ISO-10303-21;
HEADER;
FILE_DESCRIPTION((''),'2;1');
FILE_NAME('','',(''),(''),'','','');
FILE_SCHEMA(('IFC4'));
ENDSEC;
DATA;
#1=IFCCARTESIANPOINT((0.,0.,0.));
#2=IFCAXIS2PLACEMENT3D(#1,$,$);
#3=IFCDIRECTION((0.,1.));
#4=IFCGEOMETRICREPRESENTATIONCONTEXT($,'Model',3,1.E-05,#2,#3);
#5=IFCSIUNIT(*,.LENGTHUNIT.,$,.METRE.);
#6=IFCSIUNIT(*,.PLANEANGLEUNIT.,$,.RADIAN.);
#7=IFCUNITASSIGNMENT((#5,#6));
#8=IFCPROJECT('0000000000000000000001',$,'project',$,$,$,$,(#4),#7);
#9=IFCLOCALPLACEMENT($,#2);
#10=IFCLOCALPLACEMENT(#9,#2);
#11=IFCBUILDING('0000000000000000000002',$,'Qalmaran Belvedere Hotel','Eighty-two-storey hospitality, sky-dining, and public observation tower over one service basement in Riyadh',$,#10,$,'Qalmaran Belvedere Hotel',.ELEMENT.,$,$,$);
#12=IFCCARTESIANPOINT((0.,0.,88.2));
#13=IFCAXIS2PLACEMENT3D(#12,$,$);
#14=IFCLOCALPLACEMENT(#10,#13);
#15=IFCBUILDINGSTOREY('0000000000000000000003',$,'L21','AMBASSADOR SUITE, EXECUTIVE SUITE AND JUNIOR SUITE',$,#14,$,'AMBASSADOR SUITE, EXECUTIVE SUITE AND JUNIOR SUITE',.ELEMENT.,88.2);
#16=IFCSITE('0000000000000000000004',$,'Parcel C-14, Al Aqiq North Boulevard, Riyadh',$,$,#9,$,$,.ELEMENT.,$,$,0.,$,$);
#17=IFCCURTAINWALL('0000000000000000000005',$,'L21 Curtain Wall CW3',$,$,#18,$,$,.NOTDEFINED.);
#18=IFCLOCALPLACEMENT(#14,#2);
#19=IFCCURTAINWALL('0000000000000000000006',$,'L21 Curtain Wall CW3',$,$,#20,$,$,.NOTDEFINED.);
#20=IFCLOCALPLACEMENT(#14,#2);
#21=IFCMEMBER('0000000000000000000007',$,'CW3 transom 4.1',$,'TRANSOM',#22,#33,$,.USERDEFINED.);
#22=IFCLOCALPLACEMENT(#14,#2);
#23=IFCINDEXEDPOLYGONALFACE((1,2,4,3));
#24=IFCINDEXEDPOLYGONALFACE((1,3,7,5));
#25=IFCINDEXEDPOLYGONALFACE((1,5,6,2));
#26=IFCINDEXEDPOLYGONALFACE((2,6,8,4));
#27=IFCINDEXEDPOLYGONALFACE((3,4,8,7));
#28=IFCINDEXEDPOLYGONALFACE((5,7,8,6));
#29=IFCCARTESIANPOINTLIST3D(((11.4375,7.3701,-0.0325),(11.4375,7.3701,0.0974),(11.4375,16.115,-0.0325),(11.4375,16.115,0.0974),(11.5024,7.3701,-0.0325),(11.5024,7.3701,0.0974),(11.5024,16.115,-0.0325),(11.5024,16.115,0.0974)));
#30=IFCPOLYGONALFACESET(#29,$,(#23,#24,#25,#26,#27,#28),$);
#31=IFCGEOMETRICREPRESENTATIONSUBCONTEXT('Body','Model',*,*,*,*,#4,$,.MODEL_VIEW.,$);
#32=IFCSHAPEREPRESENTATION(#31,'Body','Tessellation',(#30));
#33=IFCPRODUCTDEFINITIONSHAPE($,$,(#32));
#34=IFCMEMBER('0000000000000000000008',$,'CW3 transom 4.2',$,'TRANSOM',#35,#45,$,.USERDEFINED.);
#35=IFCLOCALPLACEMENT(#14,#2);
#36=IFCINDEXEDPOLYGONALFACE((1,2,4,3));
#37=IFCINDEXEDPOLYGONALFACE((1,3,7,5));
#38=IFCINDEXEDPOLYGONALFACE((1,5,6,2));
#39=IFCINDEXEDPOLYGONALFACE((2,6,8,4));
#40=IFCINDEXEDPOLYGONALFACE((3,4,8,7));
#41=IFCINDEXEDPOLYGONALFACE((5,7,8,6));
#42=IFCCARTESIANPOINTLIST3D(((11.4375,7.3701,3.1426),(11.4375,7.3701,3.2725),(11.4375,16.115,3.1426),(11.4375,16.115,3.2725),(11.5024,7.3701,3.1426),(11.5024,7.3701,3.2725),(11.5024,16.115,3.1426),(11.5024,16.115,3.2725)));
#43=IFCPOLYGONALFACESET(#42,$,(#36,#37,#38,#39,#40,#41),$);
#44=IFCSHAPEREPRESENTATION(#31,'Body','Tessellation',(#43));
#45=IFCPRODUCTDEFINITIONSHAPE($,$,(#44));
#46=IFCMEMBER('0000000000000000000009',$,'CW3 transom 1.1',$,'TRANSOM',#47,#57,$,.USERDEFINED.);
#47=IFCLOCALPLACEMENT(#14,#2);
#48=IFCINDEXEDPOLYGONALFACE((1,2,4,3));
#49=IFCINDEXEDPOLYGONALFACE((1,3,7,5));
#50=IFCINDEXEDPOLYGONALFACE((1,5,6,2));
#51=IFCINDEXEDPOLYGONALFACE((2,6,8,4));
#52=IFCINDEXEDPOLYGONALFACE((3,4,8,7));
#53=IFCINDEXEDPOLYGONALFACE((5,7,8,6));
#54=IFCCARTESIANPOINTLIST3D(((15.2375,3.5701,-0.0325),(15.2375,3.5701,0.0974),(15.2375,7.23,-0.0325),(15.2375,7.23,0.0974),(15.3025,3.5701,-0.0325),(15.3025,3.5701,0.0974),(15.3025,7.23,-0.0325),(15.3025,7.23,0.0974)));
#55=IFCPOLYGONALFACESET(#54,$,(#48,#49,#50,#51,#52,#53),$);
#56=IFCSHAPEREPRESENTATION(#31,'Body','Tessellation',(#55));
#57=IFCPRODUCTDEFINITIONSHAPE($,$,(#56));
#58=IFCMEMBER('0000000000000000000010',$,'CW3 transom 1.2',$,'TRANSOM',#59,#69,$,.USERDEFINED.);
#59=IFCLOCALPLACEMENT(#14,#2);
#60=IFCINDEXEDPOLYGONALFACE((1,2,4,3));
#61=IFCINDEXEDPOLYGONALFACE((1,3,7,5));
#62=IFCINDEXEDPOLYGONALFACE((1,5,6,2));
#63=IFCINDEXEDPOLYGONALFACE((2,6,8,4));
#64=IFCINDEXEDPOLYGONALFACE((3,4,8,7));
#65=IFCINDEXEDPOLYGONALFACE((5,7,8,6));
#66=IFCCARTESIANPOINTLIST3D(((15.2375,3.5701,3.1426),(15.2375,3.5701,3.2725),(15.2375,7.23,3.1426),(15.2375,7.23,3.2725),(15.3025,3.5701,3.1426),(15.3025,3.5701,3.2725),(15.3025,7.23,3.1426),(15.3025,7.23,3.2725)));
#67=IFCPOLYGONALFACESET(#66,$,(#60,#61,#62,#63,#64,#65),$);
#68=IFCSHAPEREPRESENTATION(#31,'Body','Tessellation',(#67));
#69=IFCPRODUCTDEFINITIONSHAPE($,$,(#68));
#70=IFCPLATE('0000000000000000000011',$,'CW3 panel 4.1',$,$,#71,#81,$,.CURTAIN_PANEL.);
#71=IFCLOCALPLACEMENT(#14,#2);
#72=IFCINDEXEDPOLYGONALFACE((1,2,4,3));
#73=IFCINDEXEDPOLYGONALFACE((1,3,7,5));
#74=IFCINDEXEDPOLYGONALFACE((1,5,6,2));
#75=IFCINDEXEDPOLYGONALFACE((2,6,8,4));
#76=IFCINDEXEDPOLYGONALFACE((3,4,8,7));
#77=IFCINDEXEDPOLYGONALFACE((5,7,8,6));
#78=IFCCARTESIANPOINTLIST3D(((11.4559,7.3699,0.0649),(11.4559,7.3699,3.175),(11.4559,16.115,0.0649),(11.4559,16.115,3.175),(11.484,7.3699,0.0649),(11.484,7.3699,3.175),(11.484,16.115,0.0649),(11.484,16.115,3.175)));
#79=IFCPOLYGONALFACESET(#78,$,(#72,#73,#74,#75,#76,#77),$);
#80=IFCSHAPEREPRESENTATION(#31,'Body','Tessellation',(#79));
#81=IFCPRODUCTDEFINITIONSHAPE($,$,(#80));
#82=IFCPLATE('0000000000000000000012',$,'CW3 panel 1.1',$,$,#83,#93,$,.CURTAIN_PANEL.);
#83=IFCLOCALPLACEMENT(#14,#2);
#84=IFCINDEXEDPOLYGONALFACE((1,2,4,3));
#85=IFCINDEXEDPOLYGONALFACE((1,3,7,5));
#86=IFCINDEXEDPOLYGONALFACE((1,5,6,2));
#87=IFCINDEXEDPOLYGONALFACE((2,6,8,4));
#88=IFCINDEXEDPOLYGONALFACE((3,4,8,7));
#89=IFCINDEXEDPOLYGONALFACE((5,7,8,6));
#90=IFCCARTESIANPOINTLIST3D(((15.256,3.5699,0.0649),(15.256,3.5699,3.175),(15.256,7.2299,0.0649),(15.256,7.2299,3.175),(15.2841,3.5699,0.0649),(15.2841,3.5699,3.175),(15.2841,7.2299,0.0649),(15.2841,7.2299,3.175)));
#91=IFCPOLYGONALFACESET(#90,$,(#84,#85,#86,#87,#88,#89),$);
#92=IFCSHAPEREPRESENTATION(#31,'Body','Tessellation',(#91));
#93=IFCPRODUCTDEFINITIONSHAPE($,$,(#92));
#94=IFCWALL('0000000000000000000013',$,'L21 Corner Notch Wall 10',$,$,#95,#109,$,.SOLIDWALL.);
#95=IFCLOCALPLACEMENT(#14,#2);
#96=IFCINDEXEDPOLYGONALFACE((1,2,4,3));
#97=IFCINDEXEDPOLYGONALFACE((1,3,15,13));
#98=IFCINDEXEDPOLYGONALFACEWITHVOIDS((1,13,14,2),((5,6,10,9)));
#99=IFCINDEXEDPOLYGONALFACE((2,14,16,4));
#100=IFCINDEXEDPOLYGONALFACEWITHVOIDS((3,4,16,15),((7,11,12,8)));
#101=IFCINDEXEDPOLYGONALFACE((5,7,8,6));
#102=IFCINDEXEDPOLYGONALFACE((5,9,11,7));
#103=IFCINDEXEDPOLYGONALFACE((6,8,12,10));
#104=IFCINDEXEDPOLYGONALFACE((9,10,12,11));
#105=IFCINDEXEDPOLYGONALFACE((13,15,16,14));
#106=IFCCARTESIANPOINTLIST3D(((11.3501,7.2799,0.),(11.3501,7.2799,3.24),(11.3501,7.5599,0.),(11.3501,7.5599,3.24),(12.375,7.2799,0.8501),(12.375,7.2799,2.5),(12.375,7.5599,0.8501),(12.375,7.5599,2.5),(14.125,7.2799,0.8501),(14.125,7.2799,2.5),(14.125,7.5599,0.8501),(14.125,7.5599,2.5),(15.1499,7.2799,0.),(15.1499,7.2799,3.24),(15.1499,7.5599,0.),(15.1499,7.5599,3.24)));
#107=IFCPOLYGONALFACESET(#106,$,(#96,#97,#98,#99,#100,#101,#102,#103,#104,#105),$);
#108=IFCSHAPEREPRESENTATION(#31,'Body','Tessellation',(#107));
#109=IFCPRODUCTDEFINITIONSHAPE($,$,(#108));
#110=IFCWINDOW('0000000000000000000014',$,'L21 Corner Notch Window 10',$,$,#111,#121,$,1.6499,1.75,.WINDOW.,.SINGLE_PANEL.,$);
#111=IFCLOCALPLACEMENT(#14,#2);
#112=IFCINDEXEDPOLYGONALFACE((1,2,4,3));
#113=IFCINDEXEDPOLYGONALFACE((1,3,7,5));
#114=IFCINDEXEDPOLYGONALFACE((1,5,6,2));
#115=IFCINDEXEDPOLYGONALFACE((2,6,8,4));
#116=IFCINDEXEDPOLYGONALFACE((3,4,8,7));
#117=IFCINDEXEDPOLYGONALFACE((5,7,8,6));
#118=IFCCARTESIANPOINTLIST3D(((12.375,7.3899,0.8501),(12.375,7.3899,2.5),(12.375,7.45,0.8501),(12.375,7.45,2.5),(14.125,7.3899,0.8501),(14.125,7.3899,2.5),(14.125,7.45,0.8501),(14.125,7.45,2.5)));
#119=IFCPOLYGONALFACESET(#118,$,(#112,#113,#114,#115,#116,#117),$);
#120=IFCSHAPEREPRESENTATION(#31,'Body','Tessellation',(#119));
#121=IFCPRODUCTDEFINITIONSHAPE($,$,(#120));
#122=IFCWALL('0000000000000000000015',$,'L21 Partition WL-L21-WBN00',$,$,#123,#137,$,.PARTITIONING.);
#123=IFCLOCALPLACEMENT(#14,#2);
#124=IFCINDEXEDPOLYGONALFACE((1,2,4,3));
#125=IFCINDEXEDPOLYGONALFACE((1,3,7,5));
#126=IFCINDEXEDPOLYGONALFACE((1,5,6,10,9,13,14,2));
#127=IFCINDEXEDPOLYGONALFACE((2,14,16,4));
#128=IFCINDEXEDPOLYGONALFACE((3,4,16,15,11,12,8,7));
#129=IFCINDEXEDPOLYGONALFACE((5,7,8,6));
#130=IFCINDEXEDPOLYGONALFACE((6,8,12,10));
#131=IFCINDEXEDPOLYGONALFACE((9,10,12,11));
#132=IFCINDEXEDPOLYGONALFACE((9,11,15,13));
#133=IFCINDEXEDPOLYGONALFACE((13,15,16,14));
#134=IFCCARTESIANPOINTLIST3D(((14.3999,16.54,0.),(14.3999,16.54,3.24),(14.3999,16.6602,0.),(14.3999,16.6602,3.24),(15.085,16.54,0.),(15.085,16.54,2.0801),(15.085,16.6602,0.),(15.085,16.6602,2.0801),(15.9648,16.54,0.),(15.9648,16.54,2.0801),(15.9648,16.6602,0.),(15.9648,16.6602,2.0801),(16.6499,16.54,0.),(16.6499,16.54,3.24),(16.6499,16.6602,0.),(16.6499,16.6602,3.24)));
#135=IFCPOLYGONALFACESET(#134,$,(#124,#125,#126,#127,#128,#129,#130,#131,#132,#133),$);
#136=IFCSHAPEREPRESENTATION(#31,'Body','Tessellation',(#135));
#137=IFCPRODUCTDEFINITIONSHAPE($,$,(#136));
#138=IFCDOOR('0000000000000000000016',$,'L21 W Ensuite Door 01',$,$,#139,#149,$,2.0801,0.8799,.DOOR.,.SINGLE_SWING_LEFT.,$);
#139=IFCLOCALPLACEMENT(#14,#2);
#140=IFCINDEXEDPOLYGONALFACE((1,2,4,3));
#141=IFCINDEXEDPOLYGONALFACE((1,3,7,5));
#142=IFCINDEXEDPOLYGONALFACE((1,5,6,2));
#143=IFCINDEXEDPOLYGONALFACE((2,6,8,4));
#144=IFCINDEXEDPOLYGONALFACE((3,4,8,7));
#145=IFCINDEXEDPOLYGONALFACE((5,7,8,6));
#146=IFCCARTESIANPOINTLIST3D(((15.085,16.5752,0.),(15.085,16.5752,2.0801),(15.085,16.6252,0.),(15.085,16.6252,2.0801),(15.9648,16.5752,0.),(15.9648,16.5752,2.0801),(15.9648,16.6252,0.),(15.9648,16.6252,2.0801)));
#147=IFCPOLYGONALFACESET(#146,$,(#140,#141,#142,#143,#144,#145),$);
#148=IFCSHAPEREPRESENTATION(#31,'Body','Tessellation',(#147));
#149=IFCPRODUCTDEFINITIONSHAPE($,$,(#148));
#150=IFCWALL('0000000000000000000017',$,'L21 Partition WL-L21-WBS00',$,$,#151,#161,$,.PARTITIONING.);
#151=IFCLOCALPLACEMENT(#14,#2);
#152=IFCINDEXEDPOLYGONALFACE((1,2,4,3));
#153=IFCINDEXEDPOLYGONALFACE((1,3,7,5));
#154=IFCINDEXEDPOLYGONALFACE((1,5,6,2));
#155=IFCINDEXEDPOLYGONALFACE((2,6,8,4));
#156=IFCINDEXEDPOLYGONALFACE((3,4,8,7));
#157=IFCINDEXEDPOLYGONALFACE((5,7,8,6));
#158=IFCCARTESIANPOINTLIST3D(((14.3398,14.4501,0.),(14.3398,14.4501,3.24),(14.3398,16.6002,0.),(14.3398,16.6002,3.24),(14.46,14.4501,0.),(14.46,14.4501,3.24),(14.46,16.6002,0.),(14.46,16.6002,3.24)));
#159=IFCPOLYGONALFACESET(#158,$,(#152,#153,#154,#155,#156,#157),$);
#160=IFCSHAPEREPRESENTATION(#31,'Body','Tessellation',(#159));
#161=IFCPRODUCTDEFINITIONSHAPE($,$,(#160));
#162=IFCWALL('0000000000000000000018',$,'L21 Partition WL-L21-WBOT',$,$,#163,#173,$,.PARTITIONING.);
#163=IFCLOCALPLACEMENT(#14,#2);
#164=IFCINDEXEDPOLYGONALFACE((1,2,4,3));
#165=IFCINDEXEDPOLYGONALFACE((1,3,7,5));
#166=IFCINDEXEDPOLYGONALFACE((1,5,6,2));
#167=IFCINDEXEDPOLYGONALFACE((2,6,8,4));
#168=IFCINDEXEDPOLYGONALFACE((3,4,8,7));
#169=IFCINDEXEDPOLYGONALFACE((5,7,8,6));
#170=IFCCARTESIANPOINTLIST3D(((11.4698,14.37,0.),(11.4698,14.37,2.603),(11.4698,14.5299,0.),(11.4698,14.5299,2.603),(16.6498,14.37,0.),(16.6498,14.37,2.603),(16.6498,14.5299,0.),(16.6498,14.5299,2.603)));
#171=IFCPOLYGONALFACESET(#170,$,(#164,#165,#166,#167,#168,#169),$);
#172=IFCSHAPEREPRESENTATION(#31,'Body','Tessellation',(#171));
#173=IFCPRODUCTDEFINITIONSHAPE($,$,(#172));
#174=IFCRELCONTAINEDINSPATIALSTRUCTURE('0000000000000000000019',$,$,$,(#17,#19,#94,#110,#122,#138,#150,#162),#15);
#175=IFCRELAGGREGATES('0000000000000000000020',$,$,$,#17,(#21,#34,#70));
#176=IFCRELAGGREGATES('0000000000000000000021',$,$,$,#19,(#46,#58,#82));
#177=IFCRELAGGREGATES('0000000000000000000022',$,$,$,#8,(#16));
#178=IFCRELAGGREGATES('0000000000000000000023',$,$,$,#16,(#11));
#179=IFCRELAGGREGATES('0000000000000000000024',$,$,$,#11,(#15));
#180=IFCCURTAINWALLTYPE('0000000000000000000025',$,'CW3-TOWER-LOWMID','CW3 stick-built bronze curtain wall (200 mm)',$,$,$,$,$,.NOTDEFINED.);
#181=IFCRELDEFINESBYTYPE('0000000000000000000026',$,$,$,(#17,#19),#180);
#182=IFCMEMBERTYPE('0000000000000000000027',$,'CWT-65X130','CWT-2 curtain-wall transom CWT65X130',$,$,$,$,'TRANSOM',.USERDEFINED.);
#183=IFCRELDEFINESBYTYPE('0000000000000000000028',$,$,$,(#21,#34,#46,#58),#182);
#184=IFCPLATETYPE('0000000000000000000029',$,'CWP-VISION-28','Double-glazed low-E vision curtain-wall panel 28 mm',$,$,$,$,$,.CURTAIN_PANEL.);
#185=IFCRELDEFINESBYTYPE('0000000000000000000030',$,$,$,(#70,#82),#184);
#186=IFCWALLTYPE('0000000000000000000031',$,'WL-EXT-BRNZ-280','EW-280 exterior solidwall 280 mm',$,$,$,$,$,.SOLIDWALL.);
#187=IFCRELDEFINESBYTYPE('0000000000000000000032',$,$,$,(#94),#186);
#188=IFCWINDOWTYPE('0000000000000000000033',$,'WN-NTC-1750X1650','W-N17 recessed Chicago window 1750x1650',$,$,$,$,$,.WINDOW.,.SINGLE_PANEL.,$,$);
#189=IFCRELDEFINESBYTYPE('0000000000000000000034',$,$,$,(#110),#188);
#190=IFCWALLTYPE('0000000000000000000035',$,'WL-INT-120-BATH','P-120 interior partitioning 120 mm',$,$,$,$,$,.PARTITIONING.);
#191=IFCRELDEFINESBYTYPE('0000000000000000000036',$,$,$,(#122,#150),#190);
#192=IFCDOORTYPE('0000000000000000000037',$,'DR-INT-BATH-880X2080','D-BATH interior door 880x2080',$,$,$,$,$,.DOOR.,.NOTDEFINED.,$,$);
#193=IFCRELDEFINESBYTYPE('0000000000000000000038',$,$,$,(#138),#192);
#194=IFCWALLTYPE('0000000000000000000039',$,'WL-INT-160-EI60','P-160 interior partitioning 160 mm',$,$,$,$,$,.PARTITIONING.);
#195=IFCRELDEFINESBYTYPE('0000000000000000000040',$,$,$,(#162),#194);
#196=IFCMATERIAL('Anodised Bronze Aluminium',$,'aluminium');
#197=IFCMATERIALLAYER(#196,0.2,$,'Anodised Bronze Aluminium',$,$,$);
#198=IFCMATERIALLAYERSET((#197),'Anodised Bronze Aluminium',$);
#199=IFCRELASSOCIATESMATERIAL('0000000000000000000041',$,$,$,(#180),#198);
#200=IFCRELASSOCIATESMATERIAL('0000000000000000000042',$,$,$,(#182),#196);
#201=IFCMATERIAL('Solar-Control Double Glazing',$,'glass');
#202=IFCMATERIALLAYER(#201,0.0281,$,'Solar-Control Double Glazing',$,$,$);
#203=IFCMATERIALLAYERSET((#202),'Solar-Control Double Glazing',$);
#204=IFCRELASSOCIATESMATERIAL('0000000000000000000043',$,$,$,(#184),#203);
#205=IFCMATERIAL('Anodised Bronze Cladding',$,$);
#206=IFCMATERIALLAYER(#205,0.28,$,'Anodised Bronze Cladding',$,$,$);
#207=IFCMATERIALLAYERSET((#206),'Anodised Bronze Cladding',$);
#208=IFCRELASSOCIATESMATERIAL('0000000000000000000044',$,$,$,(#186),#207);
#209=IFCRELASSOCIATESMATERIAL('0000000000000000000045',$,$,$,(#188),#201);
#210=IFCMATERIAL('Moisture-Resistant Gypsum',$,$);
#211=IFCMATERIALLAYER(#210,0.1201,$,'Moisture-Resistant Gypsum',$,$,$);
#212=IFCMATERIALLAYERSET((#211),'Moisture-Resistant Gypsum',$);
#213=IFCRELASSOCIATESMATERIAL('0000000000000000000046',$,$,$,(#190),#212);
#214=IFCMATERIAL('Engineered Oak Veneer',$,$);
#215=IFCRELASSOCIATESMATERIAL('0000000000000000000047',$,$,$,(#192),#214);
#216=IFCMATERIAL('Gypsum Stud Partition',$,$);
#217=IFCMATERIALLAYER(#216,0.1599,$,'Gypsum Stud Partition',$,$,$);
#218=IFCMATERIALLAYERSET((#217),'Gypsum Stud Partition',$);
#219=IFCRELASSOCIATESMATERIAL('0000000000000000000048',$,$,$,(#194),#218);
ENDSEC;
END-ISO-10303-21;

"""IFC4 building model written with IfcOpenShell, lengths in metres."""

from ifc_helpers import new_model, si_unit, direction, frame, frame_2d, origin, origin_2d, place, context, subcontext, project, spatial, rectangle, extrude, material, layer, layer_set, material_profile, profile_set, type_object, element, fill, aggregate, save


model = new_model("IFC4")

# Units and contexts
model_context = context("Model", 3, precision=1e-05, world=origin(), true_north=direction((0.0, 1.0)))
body_context = subcontext(model_context, "Body", "Model", "MODEL_VIEW")
ifc_project = project(units=[si_unit("LENGTHUNIT", "METRE"), si_unit("PLANEANGLEUNIT", "RADIAN")], contexts=[model_context])

# Site, building, storey
site_placement = place(None, origin())
site = spatial("IfcSite", under=ifc_project, at=site_placement, Name="Parcel C-14, Al Aqiq North Boulevard, Riyadh", CompositionType="ELEMENT", RefElevation=0.0)
building_placement = place(site_placement, origin())
building = spatial("IfcBuilding", under=site, at=building_placement, Name="Qalmaran Belvedere Hotel", Description="Eighty-two-storey hospitality, sky-dining, and public observation tower over one service basement in Riyadh", LongName="Qalmaran Belvedere Hotel", CompositionType="ELEMENT")
storey_placement = place(building_placement, frame((0.0, 0.0, 88.2)))
storey = spatial("IfcBuildingStorey", under=building, at=storey_placement, Name="L21", Description="AMBASSADOR SUITE, EXECUTIVE SUITE AND JUNIOR SUITE", LongName="AMBASSADOR SUITE, EXECUTIVE SUITE AND JUNIOR SUITE", CompositionType="ELEMENT", Elevation=88.2)

# Curtain wall
ifc_material_1 = material(Name="Anodised Bronze Aluminium", Category="aluminium")
ifc_layer_1 = layer(ifc_material_1, 0.2, Name="Anodised Bronze Aluminium")
ifc_layer_set_1 = layer_set([ifc_layer_1], Name="Anodised Bronze Aluminium")
curtain_wall_type = type_object("IfcCurtainWallType", Name="CW3-TOWER-LOWMID", Description="CW3 stick-built bronze curtain wall (200 mm)", PredefinedType="NOTDEFINED", material=ifc_layer_set_1)
curtain_wall_1_placement = place(storey_placement, origin())
curtain_wall_1 = element("IfcCurtainWall", 1, at=curtain_wall_1_placement, inside=storey, type_object=curtain_wall_type, Name="L21 Curtain Wall CW3", PredefinedType="NOTDEFINED")

# Curtain wall
curtain_wall_2_placement = place(storey_placement, origin())
curtain_wall_2 = element("IfcCurtainWall", 2, at=curtain_wall_2_placement, inside=storey, type_object=curtain_wall_type, Name="L21 Curtain Wall CW3", PredefinedType="NOTDEFINED")

# Members
ifc_material_profile_1 = material_profile(ifc_material_1, rectangle(XDim=0.0649, YDim=0.1299, at=origin_2d()), Name="CWT65X130")
ifc_profile_set_1 = profile_set([ifc_material_profile_1], Name="Anodised Bronze Aluminium")
member_type_1 = type_object("IfcMemberType", Name="CWT-65X130", Description="CWT-2 curtain-wall transom CWT65X130", ElementType="TRANSOM", PredefinedType="USERDEFINED", material=ifc_profile_set_1)
member_1_placement = place(storey_placement, frame((11.47, 16.115, 0.0325), z_axis=(0.0, -1.0, 0.0), x_axis=(1.0, 0.0, 0.0)))
member_1 = element("IfcMember", 3, at=member_1_placement, type_object=member_type_1, Name="CW3 transom 4.1", ObjectType="TRANSOM", PredefinedType="USERDEFINED", context=body_context, shape_type="SweptSolid", body=[
    extrude(rectangle(XDim=0.0649, YDim=0.1299, at=origin_2d()), origin(), (0.0, 0.0, 1.0), 8.7449),
])
member_2_placement = place(storey_placement, frame((11.47, 16.115, 3.2075), z_axis=(0.0, -1.0, 0.0), x_axis=(1.0, 0.0, 0.0)))
member_2 = element("IfcMember", 4, at=member_2_placement, type_object=member_type_1, Name="CW3 transom 4.2", ObjectType="TRANSOM", PredefinedType="USERDEFINED", context=body_context, shape_type="SweptSolid", body=[
    extrude(rectangle(XDim=0.0649, YDim=0.1299, at=origin_2d()), origin(), (0.0, 0.0, 1.0), 8.7449),
])
member_3_placement = place(storey_placement, frame((15.27, 7.23, 0.0325), z_axis=(0.0, -1.0, 0.0), x_axis=(1.0, 0.0, 0.0)))
member_3 = element("IfcMember", 5, at=member_3_placement, type_object=member_type_1, Name="CW3 transom 1.1", ObjectType="TRANSOM", PredefinedType="USERDEFINED", context=body_context, shape_type="SweptSolid", body=[
    extrude(rectangle(XDim=0.0649, YDim=0.1299, at=origin_2d()), origin(), (0.0, 0.0, 1.0), 3.6599),
])
member_4_placement = place(storey_placement, frame((15.27, 7.23, 3.2075), z_axis=(0.0, -1.0, 0.0), x_axis=(1.0, 0.0, 0.0)))
member_4 = element("IfcMember", 6, at=member_4_placement, type_object=member_type_1, Name="CW3 transom 1.2", ObjectType="TRANSOM", PredefinedType="USERDEFINED", context=body_context, shape_type="SweptSolid", body=[
    extrude(rectangle(XDim=0.0649, YDim=0.1299, at=origin_2d()), origin(), (0.0, 0.0, 1.0), 3.6599),
])

# Plates
ifc_material_2 = material(Name="Solar-Control Double Glazing", Category="glass")
ifc_layer_2 = layer(ifc_material_2, 0.0281, Name="Solar-Control Double Glazing")
ifc_layer_set_2 = layer_set([ifc_layer_2], Name="Solar-Control Double Glazing")
plate_type = type_object("IfcPlateType", Name="CWP-VISION-28", Description="Double-glazed low-E vision curtain-wall panel 28 mm", PredefinedType="CURTAIN_PANEL", material=ifc_layer_set_2)
plate_1_placement = place(storey_placement, frame((11.47, 11.7424, 0.0649), z_axis=(0.0, 0.0, 1.0), x_axis=(0.0, -1.0, 0.0)))
plate_1 = element("IfcPlate", 7, at=plate_1_placement, type_object=plate_type, Name="CW3 panel 4.1", PredefinedType="CURTAIN_PANEL", context=body_context, shape_type="SweptSolid", body=[
    extrude(rectangle(XDim=8.7451, YDim=0.0281, at=origin_2d()), origin(), (0.0, 0.0, 1.0), 3.1101),
])
aggregate(curtain_wall_1, [member_1, member_2, plate_1])
plate_2_placement = place(storey_placement, frame((15.27, 5.3999, 0.0649), z_axis=(0.0, 0.0, 1.0), x_axis=(0.0, -1.0, 0.0)))
plate_2 = element("IfcPlate", 8, at=plate_2_placement, type_object=plate_type, Name="CW3 panel 1.1", PredefinedType="CURTAIN_PANEL", context=body_context, shape_type="SweptSolid", body=[
    extrude(rectangle(XDim=3.6599, YDim=0.0281, at=origin_2d()), origin(), (0.0, 0.0, 1.0), 3.1101),
])
aggregate(curtain_wall_2, [member_3, member_4, plate_2])

# Wall, opening, window
ifc_material_3 = material(Name="Anodised Bronze Cladding")
ifc_layer_3 = layer(ifc_material_3, 0.28, Name="Anodised Bronze Cladding")
ifc_layer_set_3 = layer_set([ifc_layer_3], Name="Anodised Bronze Cladding")
wall_type_1 = type_object("IfcWallType", Name="WL-EXT-BRNZ-280", Description="EW-280 exterior solidwall 280 mm", PredefinedType="SOLIDWALL", material=ifc_layer_set_3)
wall_1_placement = place(storey_placement, frame((11.3501, 7.4199, 0.0), z_axis=(0.0, 0.0, 1.0), x_axis=(1.0, 0.0, 0.0)))
wall_1 = element("IfcWall", 9, at=wall_1_placement, inside=storey, type_object=wall_type_1, Name="L21 Corner Notch Wall 10", PredefinedType="SOLIDWALL", context=body_context, shape_type="SweptSolid", body=[
    extrude(rectangle(XDim=3.7998, YDim=0.28, at=frame_2d((1.8999, 0.0))), origin(), (0.0, 0.0, 1.0), 3.24),
])
opening_1_placement = place(wall_1_placement, frame((1.0249, 0.0, 0.8501)))
opening_1 = element("IfcOpeningElement", 10, at=opening_1_placement, cuts=wall_1, PredefinedType="OPENING", context=body_context, shape_type="SweptSolid", body=[
    extrude(rectangle(XDim=1.75, YDim=1.6499, at=frame_2d((0.875, 0.825))), frame((0.0, 0.1499, 0.0), z_axis=(0.0, -1.0, 0.0), x_axis=(1.0, 0.0, 0.0)), (0.0, 0.0, 1.0), 0.3),
])
window_type = type_object("IfcWindowType", Name="WN-NTC-1750X1650", Description="W-N17 recessed Chicago window 1750x1650", PartitioningType="SINGLE_PANEL", PredefinedType="WINDOW", material=ifc_material_2)
window_placement = place(opening_1_placement, origin())
window = element("IfcWindow", 11, at=window_placement, inside=storey, type_object=window_type, Name="L21 Corner Notch Window 10", OverallHeight=1.6499, OverallWidth=1.75, PartitioningType="SINGLE_PANEL", PredefinedType="WINDOW", context=body_context, shape_type="SweptSolid", body=[
    extrude(rectangle(XDim=1.75, YDim=1.6499, at=frame_2d((0.875, 0.825))), frame((0.0, 0.03, 0.0), z_axis=(0.0, -1.0, 0.0), x_axis=(1.0, 0.0, 0.0)), (0.0, 0.0, 1.0), 0.0601),
])
fill(opening_1, window)

# Wall, opening, door
ifc_material_4 = material(Name="Moisture-Resistant Gypsum")
ifc_layer_4 = layer(ifc_material_4, 0.1201, Name="Moisture-Resistant Gypsum")
ifc_layer_set_4 = layer_set([ifc_layer_4], Name="Moisture-Resistant Gypsum")
wall_type_2 = type_object("IfcWallType", Name="WL-INT-120-BATH", Description="P-120 interior partitioning 120 mm", PredefinedType="PARTITIONING", material=ifc_layer_set_4)
wall_2_placement = place(storey_placement, frame((14.3999, 16.6001, 0.0), z_axis=(0.0, 0.0, 1.0), x_axis=(1.0, 0.0, 0.0)))
wall_2 = element("IfcWall", 12, at=wall_2_placement, inside=storey, type_object=wall_type_2, Name="L21 Partition WL-L21-WBN00", PredefinedType="PARTITIONING", context=body_context, shape_type="SweptSolid", body=[
    extrude(rectangle(XDim=2.25, YDim=0.1201, at=frame_2d((1.125, 0.0))), origin(), (0.0, 0.0, 1.0), 3.24),
])
opening_2_placement = place(wall_2_placement, frame((1.5649, 0.0, 0.0), z_axis=(0.0, 0.0, 1.0), x_axis=(-1.0, 0.0, 0.0)))
opening_2 = element("IfcOpeningElement", 13, at=opening_2_placement, cuts=wall_2, PredefinedType="OPENING", context=body_context, shape_type="SweptSolid", body=[
    extrude(rectangle(XDim=0.8799, YDim=2.0801, at=frame_2d((0.4399, 1.04))), frame((0.0, 0.0701, 0.0), z_axis=(0.0, -1.0, 0.0), x_axis=(1.0, 0.0, 0.0)), (0.0, 0.0, 1.0), 0.1401),
])
ifc_material_5 = material(Name="Engineered Oak Veneer")
door_type = type_object("IfcDoorType", Name="DR-INT-BATH-880X2080", Description="D-BATH interior door 880x2080", OperationType="NOTDEFINED", PredefinedType="DOOR", material=ifc_material_5)
door_placement = place(opening_2_placement, origin())
door = element("IfcDoor", 14, at=door_placement, inside=storey, type_object=door_type, Name="L21 W Ensuite Door 01", OperationType="SINGLE_SWING_LEFT", OverallHeight=2.0801, OverallWidth=0.8799, PredefinedType="DOOR", context=body_context, shape_type="SweptSolid", body=[
    extrude(rectangle(XDim=0.8799, YDim=2.0801, at=frame_2d((0.4399, 1.04))), frame((0.0, 0.0249, 0.0), z_axis=(0.0, -1.0, 0.0), x_axis=(1.0, 0.0, 0.0)), (0.0, 0.0, 1.0), 0.05),
])
fill(opening_2, door)

# Walls
wall_3_placement = place(storey_placement, frame((14.3999, 14.45, 0.0), z_axis=(0.0, 0.0, 1.0), x_axis=(0.0, 1.0, 0.0)))
element("IfcWall", 15, at=wall_3_placement, inside=storey, type_object=wall_type_2, Name="L21 Partition WL-L21-WBS00", PredefinedType="PARTITIONING", context=body_context, shape_type="SweptSolid", body=[
    extrude(rectangle(XDim=2.1501, YDim=0.1201, at=frame_2d((1.0752, 0.0))), origin(), (0.0, 0.0, 1.0), 3.24),
])
ifc_material_6 = material(Name="Gypsum Stud Partition")
ifc_layer_5 = layer(ifc_material_6, 0.1599, Name="Gypsum Stud Partition")
ifc_layer_set_5 = layer_set([ifc_layer_5], Name="Gypsum Stud Partition")
wall_type_3 = type_object("IfcWallType", Name="WL-INT-160-EI60", Description="P-160 interior partitioning 160 mm", PredefinedType="PARTITIONING", material=ifc_layer_set_5)
wall_4_placement = place(storey_placement, frame((11.47, 14.45, 0.0), z_axis=(0.0, 0.0, 1.0), x_axis=(1.0, 0.0, 0.0)))
element("IfcWall", 16, at=wall_4_placement, inside=storey, type_object=wall_type_3, Name="L21 Partition WL-L21-WBOT", PredefinedType="PARTITIONING", context=body_context, shape_type="SweptSolid", body=[
    extrude(rectangle(XDim=5.1799, YDim=0.1599, at=frame_2d((2.5898, 0.0))), origin(), (0.0, 0.0, 1.0), 2.603),
])

save(model, "model.ifc")
